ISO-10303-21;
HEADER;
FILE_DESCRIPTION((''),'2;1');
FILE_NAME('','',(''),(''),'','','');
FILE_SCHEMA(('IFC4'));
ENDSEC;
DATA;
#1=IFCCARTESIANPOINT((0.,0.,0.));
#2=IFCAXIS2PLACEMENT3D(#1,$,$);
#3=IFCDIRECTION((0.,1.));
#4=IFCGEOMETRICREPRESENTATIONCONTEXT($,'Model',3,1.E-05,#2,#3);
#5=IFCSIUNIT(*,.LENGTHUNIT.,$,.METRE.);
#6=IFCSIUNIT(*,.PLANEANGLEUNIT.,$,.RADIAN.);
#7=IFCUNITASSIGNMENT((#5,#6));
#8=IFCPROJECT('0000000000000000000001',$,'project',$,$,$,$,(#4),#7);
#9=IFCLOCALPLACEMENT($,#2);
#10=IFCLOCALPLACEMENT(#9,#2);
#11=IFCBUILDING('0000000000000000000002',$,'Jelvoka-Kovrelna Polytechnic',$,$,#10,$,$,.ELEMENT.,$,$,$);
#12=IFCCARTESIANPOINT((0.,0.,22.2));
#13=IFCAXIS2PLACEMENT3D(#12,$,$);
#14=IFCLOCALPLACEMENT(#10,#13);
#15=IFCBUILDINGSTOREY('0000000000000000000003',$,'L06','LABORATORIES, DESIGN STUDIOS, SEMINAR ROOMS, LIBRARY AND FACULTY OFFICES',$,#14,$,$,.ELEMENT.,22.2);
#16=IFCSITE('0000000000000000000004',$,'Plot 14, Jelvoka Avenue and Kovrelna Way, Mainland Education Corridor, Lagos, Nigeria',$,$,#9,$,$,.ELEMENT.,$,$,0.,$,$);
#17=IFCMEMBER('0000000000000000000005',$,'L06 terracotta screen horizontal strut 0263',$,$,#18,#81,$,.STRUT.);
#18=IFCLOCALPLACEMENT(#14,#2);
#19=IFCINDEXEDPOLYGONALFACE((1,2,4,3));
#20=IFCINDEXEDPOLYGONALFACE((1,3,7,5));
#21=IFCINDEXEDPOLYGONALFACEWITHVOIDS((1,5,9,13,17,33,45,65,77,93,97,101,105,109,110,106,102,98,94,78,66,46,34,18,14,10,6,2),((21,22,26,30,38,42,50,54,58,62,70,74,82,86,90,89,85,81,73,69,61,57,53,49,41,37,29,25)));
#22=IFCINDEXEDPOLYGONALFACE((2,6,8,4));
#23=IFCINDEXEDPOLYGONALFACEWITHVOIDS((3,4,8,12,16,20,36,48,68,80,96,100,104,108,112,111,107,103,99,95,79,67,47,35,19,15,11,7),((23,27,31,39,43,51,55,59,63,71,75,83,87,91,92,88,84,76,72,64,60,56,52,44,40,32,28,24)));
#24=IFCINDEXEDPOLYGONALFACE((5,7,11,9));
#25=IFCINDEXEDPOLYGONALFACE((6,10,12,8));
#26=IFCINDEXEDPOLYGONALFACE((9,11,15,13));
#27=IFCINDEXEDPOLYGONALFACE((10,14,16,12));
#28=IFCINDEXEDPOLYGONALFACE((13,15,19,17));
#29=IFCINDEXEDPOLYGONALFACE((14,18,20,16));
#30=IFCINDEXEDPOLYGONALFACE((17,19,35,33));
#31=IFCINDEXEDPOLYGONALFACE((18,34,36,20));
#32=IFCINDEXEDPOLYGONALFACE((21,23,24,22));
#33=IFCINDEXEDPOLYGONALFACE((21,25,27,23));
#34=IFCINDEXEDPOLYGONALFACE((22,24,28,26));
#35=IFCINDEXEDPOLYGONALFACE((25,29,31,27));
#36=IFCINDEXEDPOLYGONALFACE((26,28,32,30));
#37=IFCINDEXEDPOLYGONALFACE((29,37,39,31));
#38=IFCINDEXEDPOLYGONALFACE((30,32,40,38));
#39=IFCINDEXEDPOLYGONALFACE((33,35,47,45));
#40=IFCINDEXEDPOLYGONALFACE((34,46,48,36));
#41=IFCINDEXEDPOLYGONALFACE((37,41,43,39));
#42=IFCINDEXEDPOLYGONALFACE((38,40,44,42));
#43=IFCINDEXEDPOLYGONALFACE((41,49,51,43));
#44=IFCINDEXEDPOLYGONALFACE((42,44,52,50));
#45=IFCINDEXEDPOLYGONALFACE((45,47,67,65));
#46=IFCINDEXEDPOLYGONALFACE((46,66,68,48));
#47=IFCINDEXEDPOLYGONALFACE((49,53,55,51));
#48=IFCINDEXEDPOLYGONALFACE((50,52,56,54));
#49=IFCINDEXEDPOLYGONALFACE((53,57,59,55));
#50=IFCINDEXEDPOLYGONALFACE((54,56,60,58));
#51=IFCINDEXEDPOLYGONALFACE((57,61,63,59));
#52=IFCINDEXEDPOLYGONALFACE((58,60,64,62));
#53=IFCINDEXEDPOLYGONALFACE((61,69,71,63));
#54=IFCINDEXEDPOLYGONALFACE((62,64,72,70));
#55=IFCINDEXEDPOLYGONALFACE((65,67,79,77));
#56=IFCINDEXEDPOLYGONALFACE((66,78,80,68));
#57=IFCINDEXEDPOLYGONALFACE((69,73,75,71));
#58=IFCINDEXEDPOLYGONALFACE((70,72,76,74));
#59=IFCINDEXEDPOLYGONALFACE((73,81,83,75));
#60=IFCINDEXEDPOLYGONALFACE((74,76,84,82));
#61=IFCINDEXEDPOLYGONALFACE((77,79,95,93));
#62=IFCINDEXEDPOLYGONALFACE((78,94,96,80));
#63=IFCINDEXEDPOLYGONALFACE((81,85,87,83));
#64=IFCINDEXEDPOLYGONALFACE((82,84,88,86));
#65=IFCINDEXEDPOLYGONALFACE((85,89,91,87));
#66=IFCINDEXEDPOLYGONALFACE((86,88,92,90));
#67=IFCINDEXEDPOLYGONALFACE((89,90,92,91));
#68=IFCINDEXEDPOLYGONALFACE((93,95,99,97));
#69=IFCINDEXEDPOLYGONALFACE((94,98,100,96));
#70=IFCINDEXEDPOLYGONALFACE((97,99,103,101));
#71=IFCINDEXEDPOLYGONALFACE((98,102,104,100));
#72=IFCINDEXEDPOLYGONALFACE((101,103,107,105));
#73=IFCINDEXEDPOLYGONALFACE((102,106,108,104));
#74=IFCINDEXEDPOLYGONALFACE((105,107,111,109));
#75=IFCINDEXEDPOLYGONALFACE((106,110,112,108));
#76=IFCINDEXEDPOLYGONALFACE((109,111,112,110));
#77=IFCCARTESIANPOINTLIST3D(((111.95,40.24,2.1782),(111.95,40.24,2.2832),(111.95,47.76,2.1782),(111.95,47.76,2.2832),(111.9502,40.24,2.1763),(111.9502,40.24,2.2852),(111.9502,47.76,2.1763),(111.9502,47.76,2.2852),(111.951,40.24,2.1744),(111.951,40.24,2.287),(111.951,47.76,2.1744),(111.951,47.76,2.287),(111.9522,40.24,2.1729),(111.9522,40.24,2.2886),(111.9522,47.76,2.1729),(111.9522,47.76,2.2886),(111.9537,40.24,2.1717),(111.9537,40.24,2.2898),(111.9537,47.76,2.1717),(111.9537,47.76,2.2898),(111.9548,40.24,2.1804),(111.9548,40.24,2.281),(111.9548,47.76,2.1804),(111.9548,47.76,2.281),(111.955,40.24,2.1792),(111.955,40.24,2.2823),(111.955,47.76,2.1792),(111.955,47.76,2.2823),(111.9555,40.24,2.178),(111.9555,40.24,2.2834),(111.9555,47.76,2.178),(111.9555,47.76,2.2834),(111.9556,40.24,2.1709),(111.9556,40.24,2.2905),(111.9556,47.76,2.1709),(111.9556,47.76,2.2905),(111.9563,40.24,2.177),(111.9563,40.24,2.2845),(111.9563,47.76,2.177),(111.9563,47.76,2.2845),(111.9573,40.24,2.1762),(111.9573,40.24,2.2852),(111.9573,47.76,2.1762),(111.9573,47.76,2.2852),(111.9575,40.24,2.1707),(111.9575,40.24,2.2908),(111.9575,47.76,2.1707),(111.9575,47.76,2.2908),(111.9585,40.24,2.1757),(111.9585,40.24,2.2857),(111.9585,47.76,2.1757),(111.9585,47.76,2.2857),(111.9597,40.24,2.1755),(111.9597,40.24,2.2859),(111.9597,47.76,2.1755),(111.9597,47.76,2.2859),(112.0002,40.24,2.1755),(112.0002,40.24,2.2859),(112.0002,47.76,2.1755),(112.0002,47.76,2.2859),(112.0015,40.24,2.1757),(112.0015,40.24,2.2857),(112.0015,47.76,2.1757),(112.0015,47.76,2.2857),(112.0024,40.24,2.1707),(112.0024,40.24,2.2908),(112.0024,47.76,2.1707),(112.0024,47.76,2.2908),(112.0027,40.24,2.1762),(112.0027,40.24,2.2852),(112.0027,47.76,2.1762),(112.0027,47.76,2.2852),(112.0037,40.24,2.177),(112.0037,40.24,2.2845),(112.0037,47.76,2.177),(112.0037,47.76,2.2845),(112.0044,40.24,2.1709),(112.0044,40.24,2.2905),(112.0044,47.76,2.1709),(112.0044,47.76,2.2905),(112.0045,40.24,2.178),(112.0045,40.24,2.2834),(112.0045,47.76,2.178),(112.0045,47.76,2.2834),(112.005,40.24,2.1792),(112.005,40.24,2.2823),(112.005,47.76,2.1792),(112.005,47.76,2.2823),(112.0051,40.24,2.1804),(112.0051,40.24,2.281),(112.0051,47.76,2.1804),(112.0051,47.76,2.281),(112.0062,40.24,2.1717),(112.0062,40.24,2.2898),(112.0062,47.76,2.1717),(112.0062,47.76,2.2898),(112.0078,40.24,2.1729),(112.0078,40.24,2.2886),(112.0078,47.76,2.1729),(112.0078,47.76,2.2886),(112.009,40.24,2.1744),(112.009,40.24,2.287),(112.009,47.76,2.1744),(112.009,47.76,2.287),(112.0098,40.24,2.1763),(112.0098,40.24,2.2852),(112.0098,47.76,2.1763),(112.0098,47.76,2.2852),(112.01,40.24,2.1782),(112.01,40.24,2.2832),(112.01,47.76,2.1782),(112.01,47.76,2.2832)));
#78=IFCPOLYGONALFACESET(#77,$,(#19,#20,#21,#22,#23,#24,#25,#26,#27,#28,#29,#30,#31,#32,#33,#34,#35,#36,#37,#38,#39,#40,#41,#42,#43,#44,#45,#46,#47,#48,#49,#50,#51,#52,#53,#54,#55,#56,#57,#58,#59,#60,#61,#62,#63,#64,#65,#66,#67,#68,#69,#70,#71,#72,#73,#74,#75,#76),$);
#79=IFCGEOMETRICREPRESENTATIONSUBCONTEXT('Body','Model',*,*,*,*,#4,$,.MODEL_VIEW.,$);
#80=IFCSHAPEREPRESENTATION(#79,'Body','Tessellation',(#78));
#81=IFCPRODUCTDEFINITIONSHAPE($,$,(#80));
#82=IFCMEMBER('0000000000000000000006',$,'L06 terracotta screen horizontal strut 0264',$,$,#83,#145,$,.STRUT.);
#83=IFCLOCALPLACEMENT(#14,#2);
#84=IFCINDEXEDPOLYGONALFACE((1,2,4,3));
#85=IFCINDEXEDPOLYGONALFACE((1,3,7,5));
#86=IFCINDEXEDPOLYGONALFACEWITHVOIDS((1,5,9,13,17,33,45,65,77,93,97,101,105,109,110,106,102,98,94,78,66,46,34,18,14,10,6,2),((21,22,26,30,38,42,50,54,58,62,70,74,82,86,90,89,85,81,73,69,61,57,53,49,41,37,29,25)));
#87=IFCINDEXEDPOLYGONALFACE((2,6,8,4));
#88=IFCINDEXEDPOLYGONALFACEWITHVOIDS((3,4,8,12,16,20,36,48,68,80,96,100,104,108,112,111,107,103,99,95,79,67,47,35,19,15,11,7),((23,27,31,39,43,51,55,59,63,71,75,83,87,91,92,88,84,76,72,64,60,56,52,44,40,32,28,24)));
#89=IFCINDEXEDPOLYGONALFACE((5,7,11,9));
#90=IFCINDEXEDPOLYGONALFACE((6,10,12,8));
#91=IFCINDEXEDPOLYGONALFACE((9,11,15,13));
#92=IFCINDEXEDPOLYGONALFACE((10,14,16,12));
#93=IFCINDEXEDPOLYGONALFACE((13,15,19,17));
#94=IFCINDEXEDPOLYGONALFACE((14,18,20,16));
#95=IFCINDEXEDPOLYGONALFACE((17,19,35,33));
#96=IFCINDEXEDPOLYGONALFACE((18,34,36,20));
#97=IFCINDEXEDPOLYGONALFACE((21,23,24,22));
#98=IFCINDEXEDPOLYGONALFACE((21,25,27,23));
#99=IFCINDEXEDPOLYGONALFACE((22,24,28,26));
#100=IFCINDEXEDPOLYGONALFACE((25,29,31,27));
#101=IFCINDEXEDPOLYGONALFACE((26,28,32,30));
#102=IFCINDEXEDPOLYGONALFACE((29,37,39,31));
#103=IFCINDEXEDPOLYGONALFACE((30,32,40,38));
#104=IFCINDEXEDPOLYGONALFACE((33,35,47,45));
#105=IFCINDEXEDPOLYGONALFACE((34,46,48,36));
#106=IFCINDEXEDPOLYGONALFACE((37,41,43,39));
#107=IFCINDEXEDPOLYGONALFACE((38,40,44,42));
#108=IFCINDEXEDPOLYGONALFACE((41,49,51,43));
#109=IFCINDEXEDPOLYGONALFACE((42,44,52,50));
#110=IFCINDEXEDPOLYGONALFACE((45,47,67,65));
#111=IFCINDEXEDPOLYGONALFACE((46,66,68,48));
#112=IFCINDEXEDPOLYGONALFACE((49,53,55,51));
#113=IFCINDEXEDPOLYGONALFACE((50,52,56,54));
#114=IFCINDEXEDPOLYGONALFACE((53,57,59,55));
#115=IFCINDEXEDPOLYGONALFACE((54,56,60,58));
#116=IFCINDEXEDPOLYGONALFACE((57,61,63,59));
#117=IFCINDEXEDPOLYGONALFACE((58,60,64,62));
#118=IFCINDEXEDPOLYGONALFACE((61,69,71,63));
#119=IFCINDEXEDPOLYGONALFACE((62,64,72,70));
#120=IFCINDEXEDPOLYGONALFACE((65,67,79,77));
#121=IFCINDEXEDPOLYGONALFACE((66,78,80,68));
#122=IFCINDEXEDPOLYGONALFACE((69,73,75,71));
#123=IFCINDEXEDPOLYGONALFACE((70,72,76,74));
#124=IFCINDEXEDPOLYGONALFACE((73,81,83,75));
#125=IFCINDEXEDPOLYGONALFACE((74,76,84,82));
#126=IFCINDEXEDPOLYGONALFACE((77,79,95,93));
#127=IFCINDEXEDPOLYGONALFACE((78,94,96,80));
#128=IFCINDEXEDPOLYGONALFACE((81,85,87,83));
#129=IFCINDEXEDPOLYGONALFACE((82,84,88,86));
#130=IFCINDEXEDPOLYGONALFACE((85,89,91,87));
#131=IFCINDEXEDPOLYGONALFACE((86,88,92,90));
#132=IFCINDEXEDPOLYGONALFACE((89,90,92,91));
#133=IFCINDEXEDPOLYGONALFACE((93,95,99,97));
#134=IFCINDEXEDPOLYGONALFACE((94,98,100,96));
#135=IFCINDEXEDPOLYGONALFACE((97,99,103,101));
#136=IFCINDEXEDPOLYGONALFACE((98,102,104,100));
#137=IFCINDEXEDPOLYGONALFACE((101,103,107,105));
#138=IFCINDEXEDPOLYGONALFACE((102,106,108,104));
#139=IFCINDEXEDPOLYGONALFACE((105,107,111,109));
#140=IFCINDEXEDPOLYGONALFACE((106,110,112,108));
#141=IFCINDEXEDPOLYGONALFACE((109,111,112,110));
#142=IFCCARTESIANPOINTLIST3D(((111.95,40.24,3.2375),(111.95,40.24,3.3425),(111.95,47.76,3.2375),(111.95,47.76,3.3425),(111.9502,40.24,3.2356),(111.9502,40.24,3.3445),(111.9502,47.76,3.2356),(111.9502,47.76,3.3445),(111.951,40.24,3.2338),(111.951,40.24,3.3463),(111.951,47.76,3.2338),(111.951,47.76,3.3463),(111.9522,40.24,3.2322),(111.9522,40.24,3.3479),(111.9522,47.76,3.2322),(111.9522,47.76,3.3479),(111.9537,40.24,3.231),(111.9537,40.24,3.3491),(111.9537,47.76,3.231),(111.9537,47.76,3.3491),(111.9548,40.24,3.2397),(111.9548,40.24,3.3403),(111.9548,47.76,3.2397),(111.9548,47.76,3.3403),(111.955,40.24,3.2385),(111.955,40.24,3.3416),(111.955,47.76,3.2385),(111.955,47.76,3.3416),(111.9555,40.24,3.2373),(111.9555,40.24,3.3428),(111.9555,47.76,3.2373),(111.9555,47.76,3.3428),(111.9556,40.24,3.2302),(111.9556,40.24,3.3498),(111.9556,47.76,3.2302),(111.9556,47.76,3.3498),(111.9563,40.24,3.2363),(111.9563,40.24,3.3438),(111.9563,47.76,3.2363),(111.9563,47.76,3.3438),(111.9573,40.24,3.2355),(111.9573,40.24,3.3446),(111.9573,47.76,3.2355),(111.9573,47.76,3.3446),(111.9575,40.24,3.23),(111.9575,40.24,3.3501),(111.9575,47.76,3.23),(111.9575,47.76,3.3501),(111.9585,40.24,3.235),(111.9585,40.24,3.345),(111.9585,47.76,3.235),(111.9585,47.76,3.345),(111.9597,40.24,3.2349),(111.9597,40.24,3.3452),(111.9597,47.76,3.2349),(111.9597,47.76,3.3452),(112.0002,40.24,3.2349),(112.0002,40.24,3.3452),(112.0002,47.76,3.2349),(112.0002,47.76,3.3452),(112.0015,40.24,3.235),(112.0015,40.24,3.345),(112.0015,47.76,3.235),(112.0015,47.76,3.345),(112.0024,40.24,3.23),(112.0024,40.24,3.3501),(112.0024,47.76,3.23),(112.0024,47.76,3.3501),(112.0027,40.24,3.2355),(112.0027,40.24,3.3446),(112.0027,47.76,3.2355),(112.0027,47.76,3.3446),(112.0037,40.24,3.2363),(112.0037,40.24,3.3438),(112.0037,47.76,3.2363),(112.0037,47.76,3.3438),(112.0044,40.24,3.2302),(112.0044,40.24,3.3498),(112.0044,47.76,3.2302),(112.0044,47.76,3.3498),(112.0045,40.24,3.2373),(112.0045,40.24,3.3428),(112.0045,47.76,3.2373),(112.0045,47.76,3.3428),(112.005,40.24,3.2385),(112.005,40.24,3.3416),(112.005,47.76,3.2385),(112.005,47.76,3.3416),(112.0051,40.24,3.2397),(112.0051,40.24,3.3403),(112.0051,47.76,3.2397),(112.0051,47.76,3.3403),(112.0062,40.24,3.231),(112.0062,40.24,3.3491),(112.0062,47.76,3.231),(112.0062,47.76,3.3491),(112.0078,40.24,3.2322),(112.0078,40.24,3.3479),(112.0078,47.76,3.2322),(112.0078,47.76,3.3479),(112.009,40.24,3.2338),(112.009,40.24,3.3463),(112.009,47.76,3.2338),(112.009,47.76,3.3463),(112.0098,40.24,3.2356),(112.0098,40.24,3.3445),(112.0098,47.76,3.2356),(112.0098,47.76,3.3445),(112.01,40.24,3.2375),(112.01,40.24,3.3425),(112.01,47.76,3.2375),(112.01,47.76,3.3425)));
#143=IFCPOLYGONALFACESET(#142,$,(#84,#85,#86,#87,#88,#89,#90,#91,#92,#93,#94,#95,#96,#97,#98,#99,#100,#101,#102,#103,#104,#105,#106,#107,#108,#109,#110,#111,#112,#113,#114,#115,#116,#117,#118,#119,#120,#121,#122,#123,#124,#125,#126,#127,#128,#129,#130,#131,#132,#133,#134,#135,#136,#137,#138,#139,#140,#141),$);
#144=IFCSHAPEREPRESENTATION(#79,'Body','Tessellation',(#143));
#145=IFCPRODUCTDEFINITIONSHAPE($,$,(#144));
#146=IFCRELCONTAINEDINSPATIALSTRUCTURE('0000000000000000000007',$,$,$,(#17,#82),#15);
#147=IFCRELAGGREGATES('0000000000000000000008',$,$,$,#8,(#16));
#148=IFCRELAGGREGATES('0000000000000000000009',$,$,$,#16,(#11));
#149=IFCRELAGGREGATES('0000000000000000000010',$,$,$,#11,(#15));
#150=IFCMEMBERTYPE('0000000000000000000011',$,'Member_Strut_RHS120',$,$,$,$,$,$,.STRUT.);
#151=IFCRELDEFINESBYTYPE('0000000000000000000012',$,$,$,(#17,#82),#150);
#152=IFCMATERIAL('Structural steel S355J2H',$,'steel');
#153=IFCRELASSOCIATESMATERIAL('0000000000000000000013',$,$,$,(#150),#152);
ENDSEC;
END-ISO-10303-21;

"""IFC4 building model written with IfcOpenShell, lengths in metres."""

from ifc_helpers import new_model, si_unit, direction, frame, origin, origin_2d, place, context, subcontext, project, spatial, hollow_rectangle, extrude, material, material_profile, profile_set, type_object, element, save


model = new_model("IFC4")

# Units and contexts
model_context = context("Model", 3, precision=1e-05, world=origin(), true_north=direction((0.0, 1.0)))
body_context = subcontext(model_context, "Body", "Model", "MODEL_VIEW")
ifc_project = project(units=[si_unit("LENGTHUNIT", "METRE"), si_unit("PLANEANGLEUNIT", "RADIAN")], contexts=[model_context])

# Site, building, storey
site_placement = place(None, origin())
site = spatial("IfcSite", under=ifc_project, at=site_placement, Name="Plot 14, Jelvoka Avenue and Kovrelna Way, Mainland Education Corridor, Lagos, Nigeria", CompositionType="ELEMENT", RefElevation=0.0)
building_placement = place(site_placement, origin())
building = spatial("IfcBuilding", under=site, at=building_placement, Name="Jelvoka-Kovrelna Polytechnic", CompositionType="ELEMENT")
storey_placement = place(building_placement, frame((0.0, 0.0, 22.2)))
storey = spatial("IfcBuildingStorey", under=building, at=storey_placement, Name="L06", Description="LABORATORIES, DESIGN STUDIOS, SEMINAR ROOMS, LIBRARY AND FACULTY OFFICES", CompositionType="ELEMENT", Elevation=22.2)

# Members
ifc_material_1 = material(Name="Structural steel S355J2H", Category="steel")
ifc_material_profile_1 = material_profile(ifc_material_1, hollow_rectangle(XDim=0.0601, YDim=0.1201, WallThickness=0.0049, InnerFilletRadius=0.0049, OuterFilletRadius=0.0076, at=origin_2d()), Name="120x60x5.0 RHS")
ifc_profile_set_1 = profile_set([ifc_material_profile_1], Name="Structural steel S355J2H")
member_type_1 = type_object("IfcMemberType", Name="Member_Strut_RHS120", PredefinedType="STRUT", material=ifc_profile_set_1)
for number, where, z_axis, x_axis, name in (
    (1, (111.98, 40.24, 2.2307), (0.0, 1.0, 0.0), (-1.0, 0.0, 0.0), "L06 terracotta screen horizontal strut 0263"),
    (2, (111.98, 40.24, 3.29), (0.0, 1.0, 0.0), (-1.0, 0.0, 0.0), "L06 terracotta screen horizontal strut 0264"),
):
    element("IfcMember", number, at=place(storey_placement, frame(where, z_axis=z_axis, x_axis=x_axis)), inside=storey, type_object=member_type_1, Name=name, PredefinedType="STRUT", context=body_context, shape_type="SweptSolid", body=[
        extrude(hollow_rectangle(XDim=0.0601, YDim=0.1201, WallThickness=0.0049, InnerFilletRadius=0.0049, OuterFilletRadius=0.0076, at=origin_2d()), origin(), (0.0, 0.0, 1.0), 7.52),
    ])

save(model, "model.ifc")
